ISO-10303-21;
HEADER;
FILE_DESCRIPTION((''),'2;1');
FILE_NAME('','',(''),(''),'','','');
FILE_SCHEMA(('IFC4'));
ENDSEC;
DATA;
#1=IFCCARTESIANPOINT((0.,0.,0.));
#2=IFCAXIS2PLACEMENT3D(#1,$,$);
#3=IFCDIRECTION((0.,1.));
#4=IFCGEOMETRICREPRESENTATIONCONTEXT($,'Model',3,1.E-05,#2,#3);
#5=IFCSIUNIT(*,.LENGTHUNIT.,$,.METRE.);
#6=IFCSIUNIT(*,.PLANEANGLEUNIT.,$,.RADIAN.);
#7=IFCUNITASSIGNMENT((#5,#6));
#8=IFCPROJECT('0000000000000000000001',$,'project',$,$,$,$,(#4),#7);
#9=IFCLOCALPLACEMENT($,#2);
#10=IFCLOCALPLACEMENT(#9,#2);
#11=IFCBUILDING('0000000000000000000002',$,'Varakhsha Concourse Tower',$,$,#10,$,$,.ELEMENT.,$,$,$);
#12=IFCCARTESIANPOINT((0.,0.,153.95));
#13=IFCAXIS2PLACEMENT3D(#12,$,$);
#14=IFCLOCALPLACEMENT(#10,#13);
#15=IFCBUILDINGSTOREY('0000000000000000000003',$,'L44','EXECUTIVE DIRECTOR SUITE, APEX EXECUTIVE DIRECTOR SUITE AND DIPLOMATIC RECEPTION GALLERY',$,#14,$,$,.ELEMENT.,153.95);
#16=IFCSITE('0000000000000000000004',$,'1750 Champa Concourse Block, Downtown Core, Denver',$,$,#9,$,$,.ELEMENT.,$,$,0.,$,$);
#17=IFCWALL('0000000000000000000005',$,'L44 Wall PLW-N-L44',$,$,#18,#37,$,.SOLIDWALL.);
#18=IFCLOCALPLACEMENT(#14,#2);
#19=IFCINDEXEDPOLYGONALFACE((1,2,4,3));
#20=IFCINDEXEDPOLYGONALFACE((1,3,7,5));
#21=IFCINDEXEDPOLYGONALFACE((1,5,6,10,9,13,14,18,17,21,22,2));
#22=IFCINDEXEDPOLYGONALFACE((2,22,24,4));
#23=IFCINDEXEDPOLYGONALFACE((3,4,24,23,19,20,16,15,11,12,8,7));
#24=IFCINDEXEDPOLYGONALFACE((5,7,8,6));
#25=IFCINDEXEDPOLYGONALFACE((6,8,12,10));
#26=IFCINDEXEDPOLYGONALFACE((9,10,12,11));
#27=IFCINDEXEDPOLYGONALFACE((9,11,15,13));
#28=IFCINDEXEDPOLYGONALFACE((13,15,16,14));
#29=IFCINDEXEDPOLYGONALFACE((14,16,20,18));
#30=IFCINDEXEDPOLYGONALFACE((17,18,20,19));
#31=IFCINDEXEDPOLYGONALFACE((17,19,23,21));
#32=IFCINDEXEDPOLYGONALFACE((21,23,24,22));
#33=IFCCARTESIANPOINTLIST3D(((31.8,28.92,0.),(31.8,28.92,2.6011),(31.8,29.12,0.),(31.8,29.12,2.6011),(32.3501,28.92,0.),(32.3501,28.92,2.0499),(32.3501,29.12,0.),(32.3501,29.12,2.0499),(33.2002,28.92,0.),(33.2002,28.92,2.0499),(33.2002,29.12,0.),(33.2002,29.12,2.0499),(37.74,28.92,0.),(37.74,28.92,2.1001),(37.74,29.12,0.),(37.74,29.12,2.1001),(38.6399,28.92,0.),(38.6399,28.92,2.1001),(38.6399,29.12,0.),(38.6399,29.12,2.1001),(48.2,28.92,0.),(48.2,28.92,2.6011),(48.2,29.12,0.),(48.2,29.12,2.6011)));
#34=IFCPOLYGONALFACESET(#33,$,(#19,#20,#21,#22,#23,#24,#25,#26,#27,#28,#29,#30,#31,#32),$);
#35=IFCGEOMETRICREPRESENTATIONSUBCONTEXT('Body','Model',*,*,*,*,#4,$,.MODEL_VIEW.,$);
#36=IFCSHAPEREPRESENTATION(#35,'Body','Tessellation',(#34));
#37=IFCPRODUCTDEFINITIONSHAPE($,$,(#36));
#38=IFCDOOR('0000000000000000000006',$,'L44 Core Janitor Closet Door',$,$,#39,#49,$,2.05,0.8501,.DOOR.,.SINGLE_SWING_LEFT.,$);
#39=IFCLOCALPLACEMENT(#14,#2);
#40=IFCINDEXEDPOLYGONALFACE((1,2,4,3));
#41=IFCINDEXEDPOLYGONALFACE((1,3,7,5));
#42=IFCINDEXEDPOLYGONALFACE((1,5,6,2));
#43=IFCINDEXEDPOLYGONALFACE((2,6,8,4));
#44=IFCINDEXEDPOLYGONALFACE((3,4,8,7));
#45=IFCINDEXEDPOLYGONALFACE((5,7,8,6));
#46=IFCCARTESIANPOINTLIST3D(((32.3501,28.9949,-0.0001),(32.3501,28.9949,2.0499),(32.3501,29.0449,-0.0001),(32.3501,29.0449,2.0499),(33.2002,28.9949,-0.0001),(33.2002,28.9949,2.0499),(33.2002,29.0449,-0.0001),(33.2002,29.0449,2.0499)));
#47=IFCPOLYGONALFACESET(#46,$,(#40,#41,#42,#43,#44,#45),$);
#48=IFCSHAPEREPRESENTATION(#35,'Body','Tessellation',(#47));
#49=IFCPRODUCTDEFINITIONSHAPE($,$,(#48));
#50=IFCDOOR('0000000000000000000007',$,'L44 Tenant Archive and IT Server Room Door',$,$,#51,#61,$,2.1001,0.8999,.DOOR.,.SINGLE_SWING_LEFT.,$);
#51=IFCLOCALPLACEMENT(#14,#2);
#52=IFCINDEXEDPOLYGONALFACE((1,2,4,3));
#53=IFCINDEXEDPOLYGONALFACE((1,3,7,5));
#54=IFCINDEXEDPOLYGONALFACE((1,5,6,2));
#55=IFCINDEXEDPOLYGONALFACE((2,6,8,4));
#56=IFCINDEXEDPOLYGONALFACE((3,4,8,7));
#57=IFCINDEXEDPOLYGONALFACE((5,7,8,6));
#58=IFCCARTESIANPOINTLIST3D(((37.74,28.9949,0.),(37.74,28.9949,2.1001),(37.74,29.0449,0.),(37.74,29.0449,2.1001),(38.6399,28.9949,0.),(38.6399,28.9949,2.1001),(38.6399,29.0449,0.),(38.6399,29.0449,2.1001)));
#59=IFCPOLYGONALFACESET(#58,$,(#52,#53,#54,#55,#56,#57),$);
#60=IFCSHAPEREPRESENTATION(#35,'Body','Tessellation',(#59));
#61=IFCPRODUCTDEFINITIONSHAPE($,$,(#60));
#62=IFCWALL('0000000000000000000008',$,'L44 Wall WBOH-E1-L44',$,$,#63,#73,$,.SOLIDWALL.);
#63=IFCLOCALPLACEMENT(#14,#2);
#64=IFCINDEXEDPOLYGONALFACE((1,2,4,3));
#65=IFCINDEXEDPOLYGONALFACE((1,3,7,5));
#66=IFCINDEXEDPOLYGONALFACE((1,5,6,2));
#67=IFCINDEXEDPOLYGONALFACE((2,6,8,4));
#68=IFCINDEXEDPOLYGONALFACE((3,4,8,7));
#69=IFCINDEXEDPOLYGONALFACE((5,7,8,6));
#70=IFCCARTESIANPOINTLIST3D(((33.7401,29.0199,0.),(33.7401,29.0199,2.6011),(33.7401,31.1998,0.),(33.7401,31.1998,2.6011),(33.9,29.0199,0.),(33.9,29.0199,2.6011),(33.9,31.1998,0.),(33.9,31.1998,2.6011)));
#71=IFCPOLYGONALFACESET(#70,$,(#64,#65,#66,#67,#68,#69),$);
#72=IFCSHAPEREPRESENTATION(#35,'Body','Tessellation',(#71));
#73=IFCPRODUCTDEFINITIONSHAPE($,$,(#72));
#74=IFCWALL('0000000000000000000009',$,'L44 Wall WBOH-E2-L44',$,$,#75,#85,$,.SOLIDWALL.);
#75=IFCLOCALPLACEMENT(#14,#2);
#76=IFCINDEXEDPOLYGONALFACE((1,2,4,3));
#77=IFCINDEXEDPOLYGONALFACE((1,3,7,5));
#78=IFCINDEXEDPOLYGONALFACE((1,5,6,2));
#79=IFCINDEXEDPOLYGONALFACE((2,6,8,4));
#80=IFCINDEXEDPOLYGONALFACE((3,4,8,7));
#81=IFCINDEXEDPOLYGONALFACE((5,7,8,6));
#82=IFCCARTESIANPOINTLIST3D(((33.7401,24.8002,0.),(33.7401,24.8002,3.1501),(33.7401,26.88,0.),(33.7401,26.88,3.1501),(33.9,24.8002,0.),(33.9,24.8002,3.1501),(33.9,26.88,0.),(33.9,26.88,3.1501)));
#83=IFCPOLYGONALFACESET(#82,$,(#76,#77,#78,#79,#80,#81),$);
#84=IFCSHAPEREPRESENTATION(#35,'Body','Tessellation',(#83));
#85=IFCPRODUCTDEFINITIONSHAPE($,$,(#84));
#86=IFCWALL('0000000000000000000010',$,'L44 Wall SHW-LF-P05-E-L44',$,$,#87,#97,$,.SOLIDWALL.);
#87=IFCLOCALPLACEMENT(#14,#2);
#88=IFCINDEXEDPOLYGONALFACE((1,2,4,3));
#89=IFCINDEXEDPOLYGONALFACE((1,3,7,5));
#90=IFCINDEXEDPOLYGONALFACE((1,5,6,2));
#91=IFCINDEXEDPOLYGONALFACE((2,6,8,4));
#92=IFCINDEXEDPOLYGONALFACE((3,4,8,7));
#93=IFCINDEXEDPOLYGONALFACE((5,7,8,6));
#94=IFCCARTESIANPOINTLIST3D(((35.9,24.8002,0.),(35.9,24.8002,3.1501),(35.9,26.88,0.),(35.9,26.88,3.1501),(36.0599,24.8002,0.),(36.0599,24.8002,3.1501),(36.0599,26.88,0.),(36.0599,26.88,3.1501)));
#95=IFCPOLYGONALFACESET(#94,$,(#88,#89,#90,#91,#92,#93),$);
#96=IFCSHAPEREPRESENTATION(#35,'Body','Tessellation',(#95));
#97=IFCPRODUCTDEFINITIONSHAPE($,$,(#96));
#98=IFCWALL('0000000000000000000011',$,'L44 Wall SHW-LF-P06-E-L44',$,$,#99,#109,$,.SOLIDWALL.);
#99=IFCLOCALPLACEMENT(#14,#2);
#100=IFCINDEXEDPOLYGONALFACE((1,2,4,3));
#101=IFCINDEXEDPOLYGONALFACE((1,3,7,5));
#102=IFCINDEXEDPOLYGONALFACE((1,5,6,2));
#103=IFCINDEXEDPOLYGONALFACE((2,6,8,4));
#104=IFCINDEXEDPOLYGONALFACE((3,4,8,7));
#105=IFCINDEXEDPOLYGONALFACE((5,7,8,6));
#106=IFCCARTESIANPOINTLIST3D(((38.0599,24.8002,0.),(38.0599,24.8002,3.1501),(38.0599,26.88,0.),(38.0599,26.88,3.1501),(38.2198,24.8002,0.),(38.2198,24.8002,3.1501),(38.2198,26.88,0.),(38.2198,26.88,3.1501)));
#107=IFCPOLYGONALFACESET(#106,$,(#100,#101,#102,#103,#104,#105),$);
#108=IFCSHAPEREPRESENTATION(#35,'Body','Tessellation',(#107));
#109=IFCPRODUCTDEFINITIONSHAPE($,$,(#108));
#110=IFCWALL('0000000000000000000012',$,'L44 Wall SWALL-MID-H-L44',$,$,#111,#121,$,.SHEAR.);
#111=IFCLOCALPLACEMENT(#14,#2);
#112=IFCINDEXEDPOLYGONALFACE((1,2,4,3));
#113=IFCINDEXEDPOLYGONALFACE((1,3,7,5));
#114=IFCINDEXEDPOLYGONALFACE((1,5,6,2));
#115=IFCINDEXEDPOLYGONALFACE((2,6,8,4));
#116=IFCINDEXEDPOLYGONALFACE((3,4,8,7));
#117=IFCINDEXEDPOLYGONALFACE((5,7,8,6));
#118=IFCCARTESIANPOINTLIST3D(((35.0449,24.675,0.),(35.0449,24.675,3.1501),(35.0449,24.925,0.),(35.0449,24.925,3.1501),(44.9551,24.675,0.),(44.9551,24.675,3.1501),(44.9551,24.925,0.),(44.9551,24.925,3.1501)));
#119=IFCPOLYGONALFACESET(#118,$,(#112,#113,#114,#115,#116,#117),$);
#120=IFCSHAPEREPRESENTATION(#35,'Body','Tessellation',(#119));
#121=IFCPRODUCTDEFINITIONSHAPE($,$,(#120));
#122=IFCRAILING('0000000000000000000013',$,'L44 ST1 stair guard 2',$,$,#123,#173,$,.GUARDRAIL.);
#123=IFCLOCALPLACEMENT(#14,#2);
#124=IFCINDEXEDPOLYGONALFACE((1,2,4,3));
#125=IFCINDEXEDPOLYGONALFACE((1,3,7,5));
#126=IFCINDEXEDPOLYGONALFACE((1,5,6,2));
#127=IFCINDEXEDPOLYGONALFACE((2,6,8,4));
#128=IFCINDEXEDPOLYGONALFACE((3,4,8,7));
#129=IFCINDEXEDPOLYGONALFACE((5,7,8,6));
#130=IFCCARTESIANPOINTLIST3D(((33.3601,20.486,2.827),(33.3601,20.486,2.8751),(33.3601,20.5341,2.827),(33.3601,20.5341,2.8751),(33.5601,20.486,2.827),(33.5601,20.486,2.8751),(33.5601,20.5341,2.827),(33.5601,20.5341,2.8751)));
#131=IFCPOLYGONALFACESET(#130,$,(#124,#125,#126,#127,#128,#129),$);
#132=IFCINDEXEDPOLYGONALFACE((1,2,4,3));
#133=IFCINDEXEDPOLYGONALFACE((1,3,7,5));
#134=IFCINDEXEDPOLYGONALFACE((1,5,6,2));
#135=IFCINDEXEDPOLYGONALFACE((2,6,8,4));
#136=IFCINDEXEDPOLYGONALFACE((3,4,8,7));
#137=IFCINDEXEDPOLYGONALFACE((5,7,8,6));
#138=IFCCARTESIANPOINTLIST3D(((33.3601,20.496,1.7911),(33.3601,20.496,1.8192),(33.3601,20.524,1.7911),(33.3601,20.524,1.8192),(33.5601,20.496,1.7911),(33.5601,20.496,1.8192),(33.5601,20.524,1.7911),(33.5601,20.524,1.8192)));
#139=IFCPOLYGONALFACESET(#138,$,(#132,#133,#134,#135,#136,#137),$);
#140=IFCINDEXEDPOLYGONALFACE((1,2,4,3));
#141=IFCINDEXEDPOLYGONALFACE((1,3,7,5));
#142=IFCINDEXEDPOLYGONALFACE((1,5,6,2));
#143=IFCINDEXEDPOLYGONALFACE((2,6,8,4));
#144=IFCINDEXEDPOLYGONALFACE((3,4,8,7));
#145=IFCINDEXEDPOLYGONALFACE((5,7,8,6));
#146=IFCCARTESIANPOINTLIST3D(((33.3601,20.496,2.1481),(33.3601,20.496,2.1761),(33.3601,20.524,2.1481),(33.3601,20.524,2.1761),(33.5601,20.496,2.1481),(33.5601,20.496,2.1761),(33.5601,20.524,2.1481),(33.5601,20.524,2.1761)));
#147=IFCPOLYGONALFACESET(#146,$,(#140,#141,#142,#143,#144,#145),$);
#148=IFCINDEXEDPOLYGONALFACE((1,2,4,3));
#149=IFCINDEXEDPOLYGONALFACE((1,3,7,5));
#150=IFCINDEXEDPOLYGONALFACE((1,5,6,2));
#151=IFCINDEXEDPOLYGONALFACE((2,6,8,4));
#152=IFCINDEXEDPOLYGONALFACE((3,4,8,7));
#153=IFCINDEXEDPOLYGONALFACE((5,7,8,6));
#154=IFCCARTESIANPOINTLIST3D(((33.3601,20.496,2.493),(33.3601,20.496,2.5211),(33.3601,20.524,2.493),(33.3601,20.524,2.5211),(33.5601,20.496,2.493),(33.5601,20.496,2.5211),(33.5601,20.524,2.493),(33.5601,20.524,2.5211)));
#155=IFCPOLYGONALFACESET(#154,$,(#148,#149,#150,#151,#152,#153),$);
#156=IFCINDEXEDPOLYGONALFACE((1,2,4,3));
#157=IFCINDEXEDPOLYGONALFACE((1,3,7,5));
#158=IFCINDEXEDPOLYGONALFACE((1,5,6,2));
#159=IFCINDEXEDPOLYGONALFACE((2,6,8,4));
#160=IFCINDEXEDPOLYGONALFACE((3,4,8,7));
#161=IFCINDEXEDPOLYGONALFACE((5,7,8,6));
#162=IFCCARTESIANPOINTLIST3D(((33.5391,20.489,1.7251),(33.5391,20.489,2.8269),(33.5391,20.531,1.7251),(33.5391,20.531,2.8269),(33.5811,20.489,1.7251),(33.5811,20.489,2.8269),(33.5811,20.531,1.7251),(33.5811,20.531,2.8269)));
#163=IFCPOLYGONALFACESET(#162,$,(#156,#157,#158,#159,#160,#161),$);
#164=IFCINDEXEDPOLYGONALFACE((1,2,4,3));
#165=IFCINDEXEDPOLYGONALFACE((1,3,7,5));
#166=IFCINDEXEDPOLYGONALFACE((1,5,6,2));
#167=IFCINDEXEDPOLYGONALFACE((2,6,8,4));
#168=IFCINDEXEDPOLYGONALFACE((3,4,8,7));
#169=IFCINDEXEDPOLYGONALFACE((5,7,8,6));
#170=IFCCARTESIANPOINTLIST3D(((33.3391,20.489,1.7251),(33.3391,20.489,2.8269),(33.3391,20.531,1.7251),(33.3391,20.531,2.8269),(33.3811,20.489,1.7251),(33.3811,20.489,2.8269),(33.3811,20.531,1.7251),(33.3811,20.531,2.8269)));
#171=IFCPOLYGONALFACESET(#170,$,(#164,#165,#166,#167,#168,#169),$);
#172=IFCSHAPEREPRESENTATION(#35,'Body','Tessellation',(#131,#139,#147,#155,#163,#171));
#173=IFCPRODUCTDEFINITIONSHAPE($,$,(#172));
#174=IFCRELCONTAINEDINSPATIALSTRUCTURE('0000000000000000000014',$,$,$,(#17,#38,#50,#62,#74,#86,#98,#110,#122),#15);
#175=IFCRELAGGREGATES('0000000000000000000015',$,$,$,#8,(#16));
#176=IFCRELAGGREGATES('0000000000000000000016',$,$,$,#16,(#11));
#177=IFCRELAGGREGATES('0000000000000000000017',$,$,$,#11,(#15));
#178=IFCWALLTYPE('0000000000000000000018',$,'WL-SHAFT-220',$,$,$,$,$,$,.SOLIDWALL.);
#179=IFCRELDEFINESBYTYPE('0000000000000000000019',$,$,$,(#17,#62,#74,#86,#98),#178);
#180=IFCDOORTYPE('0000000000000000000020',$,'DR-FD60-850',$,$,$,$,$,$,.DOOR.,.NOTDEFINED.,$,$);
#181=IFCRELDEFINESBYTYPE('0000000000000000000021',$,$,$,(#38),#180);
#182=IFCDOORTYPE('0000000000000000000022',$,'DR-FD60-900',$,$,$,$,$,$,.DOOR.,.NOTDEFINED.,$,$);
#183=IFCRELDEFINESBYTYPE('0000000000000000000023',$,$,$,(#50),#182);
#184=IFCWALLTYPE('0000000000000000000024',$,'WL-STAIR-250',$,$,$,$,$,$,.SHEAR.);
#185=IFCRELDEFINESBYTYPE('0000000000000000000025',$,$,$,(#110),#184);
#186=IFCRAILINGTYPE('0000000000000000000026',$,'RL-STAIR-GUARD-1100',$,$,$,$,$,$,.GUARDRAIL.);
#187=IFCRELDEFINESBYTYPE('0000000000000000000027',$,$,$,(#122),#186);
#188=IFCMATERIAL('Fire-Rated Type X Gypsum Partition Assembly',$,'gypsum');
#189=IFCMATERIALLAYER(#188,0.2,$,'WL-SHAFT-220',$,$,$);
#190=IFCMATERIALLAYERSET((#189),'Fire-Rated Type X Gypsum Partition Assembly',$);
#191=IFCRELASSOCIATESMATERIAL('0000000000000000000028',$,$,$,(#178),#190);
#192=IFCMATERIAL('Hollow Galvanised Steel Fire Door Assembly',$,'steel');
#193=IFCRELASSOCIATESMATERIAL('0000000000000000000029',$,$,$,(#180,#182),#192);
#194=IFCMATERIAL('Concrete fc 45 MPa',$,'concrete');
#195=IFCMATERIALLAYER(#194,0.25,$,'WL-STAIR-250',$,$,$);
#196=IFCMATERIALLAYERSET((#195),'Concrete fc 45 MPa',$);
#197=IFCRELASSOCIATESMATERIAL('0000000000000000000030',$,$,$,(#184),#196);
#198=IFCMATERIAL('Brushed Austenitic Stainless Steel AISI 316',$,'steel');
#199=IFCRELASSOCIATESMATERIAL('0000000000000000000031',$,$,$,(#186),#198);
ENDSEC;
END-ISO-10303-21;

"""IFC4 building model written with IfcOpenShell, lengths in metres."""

from ifc_helpers import new_model, si_unit, direction, frame, frame_2d, origin, origin_2d, place, context, subcontext, project, spatial, rectangle, extrude, material, layer, layer_set, type_object, element, fill, save


model = new_model("IFC4")

# Units and contexts
model_context = context("Model", 3, precision=1e-05, world=origin(), true_north=direction((0.0, 1.0)))
body_context = subcontext(model_context, "Body", "Model", "MODEL_VIEW")
ifc_project = project(units=[si_unit("LENGTHUNIT", "METRE"), si_unit("PLANEANGLEUNIT", "RADIAN")], contexts=[model_context])

# Site, building, storey
site_placement = place(None, origin())
site = spatial("IfcSite", under=ifc_project, at=site_placement, Name="1750 Champa Concourse Block, Downtown Core, Denver", CompositionType="ELEMENT", RefElevation=0.0)
building_placement = place(site_placement, origin())
building = spatial("IfcBuilding", under=site, at=building_placement, Name="Varakhsha Concourse Tower", CompositionType="ELEMENT")
storey_placement = place(building_placement, frame((0.0, 0.0, 153.95)))
storey = spatial("IfcBuildingStorey", under=building, at=storey_placement, Name="L44", Description="EXECUTIVE DIRECTOR SUITE, APEX EXECUTIVE DIRECTOR SUITE AND DIPLOMATIC RECEPTION GALLERY", CompositionType="ELEMENT", Elevation=153.95)

# Shared definitions
ifc_material_1 = material(Name="Fire-Rated Type X Gypsum Partition Assembly", Category="gypsum")
ifc_material_2 = material(Name="Hollow Galvanised Steel Fire Door Assembly", Category="steel")
ifc_layer_1 = layer(ifc_material_1, 0.2, Name="WL-SHAFT-220")
ifc_layer_set_1 = layer_set([ifc_layer_1], Name="Fire-Rated Type X Gypsum Partition Assembly")
wall_type_1 = type_object("IfcWallType", Name="WL-SHAFT-220", PredefinedType="SOLIDWALL", material=ifc_layer_set_1)
ifc_material_3 = material(Name="Brushed Austenitic Stainless Steel AISI 316", Category="steel")

# Wall, openings, doors
wall_1_placement = place(storey_placement, frame((31.8, 29.02, 0.0), z_axis=(0.0, 0.0, 1.0), x_axis=(1.0, 0.0, 0.0)))
wall_1 = element("IfcWall", 1, at=wall_1_placement, inside=storey, type_object=wall_type_1, Name="L44 Wall PLW-N-L44", PredefinedType="SOLIDWALL", context=body_context, shape_type="SweptSolid", body=[
    extrude(rectangle(XDim=16.3999, YDim=0.2, at=frame_2d((8.2, 0.0))), origin(), (0.0, 0.0, 1.0), 2.6011),
])
opening_1_placement = place(wall_1_placement, frame((0.55, 0.0, 0.0)))
opening_1 = element("IfcOpeningElement", 2, at=opening_1_placement, cuts=wall_1, PredefinedType="OPENING", context=body_context, shape_type="SweptSolid", body=[
    extrude(rectangle(XDim=0.8501, YDim=2.05, at=frame_2d((0.425, 1.0249))), frame((0.0, 0.1099, 0.0), z_axis=(0.0, -1.0, 0.0), x_axis=(1.0, 0.0, 0.0)), (0.0, 0.0, 1.0), 0.22),
])
opening_2_placement = place(wall_1_placement, frame((5.9399, 0.0, 0.0)))
opening_2 = element("IfcOpeningElement", 3, at=opening_2_placement, cuts=wall_1, PredefinedType="OPENING", context=body_context, shape_type="SweptSolid", body=[
    extrude(rectangle(XDim=0.8999, YDim=2.1001, at=frame_2d((0.45, 1.05))), frame((0.0, 0.1099, 0.0), z_axis=(0.0, -1.0, 0.0), x_axis=(1.0, 0.0, 0.0)), (0.0, 0.0, 1.0), 0.22),
])
door_type_1 = type_object("IfcDoorType", Name="DR-FD60-850", OperationType="NOTDEFINED", PredefinedType="DOOR", material=ifc_material_2)
door_1_placement = place(opening_1_placement, origin())
door_1 = element("IfcDoor", 4, at=door_1_placement, inside=storey, type_object=door_type_1, Name="L44 Core Janitor Closet Door", OperationType="SINGLE_SWING_LEFT", OverallHeight=2.05, OverallWidth=0.8501, PredefinedType="DOOR", context=body_context, shape_type="SweptSolid", body=[
    extrude(rectangle(XDim=0.8501, YDim=2.05, at=frame_2d((0.425, 1.0249))), frame((0.0, 0.0249, 0.0), z_axis=(0.0, -1.0, 0.0), x_axis=(1.0, 0.0, 0.0)), (0.0, 0.0, 1.0), 0.05),
])
fill(opening_1, door_1)
door_type_2 = type_object("IfcDoorType", Name="DR-FD60-900", OperationType="NOTDEFINED", PredefinedType="DOOR", material=ifc_material_2)
door_2_placement = place(opening_2_placement, origin())
door_2 = element("IfcDoor", 5, at=door_2_placement, inside=storey, type_object=door_type_2, Name="L44 Tenant Archive and IT Server Room Door", OperationType="SINGLE_SWING_LEFT", OverallHeight=2.1001, OverallWidth=0.8999, PredefinedType="DOOR", context=body_context, shape_type="SweptSolid", body=[
    extrude(rectangle(XDim=0.8999, YDim=2.1001, at=frame_2d((0.45, 1.05))), frame((0.0, 0.0249, 0.0), z_axis=(0.0, -1.0, 0.0), x_axis=(1.0, 0.0, 0.0)), (0.0, 0.0, 1.0), 0.05),
])
fill(opening_2, door_2)

# Walls
wall_2_placement = place(storey_placement, frame((33.8201, 29.02, 0.0), z_axis=(0.0, 0.0, 1.0), x_axis=(0.0, 1.0, 0.0)))
element("IfcWall", 6, at=wall_2_placement, inside=storey, type_object=wall_type_1, Name="L44 Wall WBOH-E1-L44", PredefinedType="SOLIDWALL", context=body_context, shape_type="SweptSolid", body=[
    extrude(rectangle(XDim=2.1799, YDim=0.1599, at=frame_2d((1.0898, 0.0))), origin(), (0.0, 0.0, 1.0), 2.6011),
])
for number, where, z_axis, x_axis, name in (
    (7, (33.8201, 24.8, 0.0), (0.0, 0.0, 1.0), (0.0, 1.0, 0.0), "L44 Wall WBOH-E2-L44"),
    (8, (35.98, 24.8, 0.0), (0.0, 0.0, 1.0), (0.0, 1.0, 0.0), "L44 Wall SHW-LF-P05-E-L44"),
    (9, (38.1399, 24.8, 0.0), (0.0, 0.0, 1.0), (0.0, 1.0, 0.0), "L44 Wall SHW-LF-P06-E-L44"),
):
    element("IfcWall", number, at=place(storey_placement, frame(where, z_axis=z_axis, x_axis=x_axis)), inside=storey, type_object=wall_type_1, Name=name, PredefinedType="SOLIDWALL", context=body_context, shape_type="SweptSolid", body=[
        extrude(rectangle(XDim=2.0798, YDim=0.1599, at=frame_2d((1.04, 0.0))), origin(), (0.0, 0.0, 1.0), 3.1501),
    ])
ifc_material_4 = material(Name="Concrete fc 45 MPa", Category="concrete")
ifc_layer_2 = layer(ifc_material_4, 0.25, Name="WL-STAIR-250")
ifc_layer_set_2 = layer_set([ifc_layer_2], Name="Concrete fc 45 MPa")
wall_type_2 = type_object("IfcWallType", Name="WL-STAIR-250", PredefinedType="SHEAR", material=ifc_layer_set_2)
wall_3_placement = place(storey_placement, frame((35.0449, 24.8, 0.0), z_axis=(0.0, 0.0, 1.0), x_axis=(1.0, 0.0, 0.0)))
element("IfcWall", 10, at=wall_3_placement, inside=storey, type_object=wall_type_2, Name="L44 Wall SWALL-MID-H-L44", PredefinedType="SHEAR", context=body_context, shape_type="SweptSolid", body=[
    extrude(rectangle(XDim=9.9102, YDim=0.25, at=frame_2d((4.9551, 0.0))), origin(), (0.0, 0.0, 1.0), 3.1501),
])

# Railing
railing_type = type_object("IfcRailingType", Name="RL-STAIR-GUARD-1100", PredefinedType="GUARDRAIL", material=ifc_material_3)
railing_1_placement = place(storey_placement, frame((33.5601, 20.51, 1.7251)))
element("IfcRailing", 11, at=railing_1_placement, inside=storey, type_object=railing_type, Name="L44 ST1 stair guard 2", PredefinedType="GUARDRAIL", context=body_context, shape_type="SweptSolid", body=[
    extrude(rectangle(XDim=0.0481, YDim=0.0481, at=origin_2d()), frame((0.0, 0.0, 1.126), z_axis=(-1.0, 0.0, 0.0), x_axis=(0.0, -1.0, 0.0)), (0.0, 0.0, 1.0), 0.2),
    extrude(rectangle(XDim=0.0281, YDim=0.0281, at=origin_2d()), frame((0.0, 0.0, 0.0801), z_axis=(-1.0, 0.0, 0.0), x_axis=(0.0, -1.0, 0.0)), (0.0, 0.0, 1.0), 0.2),
    extrude(rectangle(XDim=0.0281, YDim=0.0281, at=origin_2d()), frame((0.0, 0.0, 0.437), z_axis=(-1.0, 0.0, 0.0), x_axis=(0.0, -1.0, 0.0)), (0.0, 0.0, 1.0), 0.2),
    extrude(rectangle(XDim=0.0281, YDim=0.0281, at=origin_2d()), frame((0.0, 0.0, 0.782), z_axis=(-1.0, 0.0, 0.0), x_axis=(0.0, -1.0, 0.0)), (0.0, 0.0, 1.0), 0.2),
    extrude(rectangle(XDim=0.042, YDim=0.042, at=origin_2d()), origin(), (0.0, 0.0, 1.0), 1.1018),
    extrude(rectangle(XDim=0.042, YDim=0.042, at=origin_2d()), frame((-0.2, 0.0, 0.0)), (0.0, 0.0, 1.0), 1.1018),
])

save(model, "model.ifc")
